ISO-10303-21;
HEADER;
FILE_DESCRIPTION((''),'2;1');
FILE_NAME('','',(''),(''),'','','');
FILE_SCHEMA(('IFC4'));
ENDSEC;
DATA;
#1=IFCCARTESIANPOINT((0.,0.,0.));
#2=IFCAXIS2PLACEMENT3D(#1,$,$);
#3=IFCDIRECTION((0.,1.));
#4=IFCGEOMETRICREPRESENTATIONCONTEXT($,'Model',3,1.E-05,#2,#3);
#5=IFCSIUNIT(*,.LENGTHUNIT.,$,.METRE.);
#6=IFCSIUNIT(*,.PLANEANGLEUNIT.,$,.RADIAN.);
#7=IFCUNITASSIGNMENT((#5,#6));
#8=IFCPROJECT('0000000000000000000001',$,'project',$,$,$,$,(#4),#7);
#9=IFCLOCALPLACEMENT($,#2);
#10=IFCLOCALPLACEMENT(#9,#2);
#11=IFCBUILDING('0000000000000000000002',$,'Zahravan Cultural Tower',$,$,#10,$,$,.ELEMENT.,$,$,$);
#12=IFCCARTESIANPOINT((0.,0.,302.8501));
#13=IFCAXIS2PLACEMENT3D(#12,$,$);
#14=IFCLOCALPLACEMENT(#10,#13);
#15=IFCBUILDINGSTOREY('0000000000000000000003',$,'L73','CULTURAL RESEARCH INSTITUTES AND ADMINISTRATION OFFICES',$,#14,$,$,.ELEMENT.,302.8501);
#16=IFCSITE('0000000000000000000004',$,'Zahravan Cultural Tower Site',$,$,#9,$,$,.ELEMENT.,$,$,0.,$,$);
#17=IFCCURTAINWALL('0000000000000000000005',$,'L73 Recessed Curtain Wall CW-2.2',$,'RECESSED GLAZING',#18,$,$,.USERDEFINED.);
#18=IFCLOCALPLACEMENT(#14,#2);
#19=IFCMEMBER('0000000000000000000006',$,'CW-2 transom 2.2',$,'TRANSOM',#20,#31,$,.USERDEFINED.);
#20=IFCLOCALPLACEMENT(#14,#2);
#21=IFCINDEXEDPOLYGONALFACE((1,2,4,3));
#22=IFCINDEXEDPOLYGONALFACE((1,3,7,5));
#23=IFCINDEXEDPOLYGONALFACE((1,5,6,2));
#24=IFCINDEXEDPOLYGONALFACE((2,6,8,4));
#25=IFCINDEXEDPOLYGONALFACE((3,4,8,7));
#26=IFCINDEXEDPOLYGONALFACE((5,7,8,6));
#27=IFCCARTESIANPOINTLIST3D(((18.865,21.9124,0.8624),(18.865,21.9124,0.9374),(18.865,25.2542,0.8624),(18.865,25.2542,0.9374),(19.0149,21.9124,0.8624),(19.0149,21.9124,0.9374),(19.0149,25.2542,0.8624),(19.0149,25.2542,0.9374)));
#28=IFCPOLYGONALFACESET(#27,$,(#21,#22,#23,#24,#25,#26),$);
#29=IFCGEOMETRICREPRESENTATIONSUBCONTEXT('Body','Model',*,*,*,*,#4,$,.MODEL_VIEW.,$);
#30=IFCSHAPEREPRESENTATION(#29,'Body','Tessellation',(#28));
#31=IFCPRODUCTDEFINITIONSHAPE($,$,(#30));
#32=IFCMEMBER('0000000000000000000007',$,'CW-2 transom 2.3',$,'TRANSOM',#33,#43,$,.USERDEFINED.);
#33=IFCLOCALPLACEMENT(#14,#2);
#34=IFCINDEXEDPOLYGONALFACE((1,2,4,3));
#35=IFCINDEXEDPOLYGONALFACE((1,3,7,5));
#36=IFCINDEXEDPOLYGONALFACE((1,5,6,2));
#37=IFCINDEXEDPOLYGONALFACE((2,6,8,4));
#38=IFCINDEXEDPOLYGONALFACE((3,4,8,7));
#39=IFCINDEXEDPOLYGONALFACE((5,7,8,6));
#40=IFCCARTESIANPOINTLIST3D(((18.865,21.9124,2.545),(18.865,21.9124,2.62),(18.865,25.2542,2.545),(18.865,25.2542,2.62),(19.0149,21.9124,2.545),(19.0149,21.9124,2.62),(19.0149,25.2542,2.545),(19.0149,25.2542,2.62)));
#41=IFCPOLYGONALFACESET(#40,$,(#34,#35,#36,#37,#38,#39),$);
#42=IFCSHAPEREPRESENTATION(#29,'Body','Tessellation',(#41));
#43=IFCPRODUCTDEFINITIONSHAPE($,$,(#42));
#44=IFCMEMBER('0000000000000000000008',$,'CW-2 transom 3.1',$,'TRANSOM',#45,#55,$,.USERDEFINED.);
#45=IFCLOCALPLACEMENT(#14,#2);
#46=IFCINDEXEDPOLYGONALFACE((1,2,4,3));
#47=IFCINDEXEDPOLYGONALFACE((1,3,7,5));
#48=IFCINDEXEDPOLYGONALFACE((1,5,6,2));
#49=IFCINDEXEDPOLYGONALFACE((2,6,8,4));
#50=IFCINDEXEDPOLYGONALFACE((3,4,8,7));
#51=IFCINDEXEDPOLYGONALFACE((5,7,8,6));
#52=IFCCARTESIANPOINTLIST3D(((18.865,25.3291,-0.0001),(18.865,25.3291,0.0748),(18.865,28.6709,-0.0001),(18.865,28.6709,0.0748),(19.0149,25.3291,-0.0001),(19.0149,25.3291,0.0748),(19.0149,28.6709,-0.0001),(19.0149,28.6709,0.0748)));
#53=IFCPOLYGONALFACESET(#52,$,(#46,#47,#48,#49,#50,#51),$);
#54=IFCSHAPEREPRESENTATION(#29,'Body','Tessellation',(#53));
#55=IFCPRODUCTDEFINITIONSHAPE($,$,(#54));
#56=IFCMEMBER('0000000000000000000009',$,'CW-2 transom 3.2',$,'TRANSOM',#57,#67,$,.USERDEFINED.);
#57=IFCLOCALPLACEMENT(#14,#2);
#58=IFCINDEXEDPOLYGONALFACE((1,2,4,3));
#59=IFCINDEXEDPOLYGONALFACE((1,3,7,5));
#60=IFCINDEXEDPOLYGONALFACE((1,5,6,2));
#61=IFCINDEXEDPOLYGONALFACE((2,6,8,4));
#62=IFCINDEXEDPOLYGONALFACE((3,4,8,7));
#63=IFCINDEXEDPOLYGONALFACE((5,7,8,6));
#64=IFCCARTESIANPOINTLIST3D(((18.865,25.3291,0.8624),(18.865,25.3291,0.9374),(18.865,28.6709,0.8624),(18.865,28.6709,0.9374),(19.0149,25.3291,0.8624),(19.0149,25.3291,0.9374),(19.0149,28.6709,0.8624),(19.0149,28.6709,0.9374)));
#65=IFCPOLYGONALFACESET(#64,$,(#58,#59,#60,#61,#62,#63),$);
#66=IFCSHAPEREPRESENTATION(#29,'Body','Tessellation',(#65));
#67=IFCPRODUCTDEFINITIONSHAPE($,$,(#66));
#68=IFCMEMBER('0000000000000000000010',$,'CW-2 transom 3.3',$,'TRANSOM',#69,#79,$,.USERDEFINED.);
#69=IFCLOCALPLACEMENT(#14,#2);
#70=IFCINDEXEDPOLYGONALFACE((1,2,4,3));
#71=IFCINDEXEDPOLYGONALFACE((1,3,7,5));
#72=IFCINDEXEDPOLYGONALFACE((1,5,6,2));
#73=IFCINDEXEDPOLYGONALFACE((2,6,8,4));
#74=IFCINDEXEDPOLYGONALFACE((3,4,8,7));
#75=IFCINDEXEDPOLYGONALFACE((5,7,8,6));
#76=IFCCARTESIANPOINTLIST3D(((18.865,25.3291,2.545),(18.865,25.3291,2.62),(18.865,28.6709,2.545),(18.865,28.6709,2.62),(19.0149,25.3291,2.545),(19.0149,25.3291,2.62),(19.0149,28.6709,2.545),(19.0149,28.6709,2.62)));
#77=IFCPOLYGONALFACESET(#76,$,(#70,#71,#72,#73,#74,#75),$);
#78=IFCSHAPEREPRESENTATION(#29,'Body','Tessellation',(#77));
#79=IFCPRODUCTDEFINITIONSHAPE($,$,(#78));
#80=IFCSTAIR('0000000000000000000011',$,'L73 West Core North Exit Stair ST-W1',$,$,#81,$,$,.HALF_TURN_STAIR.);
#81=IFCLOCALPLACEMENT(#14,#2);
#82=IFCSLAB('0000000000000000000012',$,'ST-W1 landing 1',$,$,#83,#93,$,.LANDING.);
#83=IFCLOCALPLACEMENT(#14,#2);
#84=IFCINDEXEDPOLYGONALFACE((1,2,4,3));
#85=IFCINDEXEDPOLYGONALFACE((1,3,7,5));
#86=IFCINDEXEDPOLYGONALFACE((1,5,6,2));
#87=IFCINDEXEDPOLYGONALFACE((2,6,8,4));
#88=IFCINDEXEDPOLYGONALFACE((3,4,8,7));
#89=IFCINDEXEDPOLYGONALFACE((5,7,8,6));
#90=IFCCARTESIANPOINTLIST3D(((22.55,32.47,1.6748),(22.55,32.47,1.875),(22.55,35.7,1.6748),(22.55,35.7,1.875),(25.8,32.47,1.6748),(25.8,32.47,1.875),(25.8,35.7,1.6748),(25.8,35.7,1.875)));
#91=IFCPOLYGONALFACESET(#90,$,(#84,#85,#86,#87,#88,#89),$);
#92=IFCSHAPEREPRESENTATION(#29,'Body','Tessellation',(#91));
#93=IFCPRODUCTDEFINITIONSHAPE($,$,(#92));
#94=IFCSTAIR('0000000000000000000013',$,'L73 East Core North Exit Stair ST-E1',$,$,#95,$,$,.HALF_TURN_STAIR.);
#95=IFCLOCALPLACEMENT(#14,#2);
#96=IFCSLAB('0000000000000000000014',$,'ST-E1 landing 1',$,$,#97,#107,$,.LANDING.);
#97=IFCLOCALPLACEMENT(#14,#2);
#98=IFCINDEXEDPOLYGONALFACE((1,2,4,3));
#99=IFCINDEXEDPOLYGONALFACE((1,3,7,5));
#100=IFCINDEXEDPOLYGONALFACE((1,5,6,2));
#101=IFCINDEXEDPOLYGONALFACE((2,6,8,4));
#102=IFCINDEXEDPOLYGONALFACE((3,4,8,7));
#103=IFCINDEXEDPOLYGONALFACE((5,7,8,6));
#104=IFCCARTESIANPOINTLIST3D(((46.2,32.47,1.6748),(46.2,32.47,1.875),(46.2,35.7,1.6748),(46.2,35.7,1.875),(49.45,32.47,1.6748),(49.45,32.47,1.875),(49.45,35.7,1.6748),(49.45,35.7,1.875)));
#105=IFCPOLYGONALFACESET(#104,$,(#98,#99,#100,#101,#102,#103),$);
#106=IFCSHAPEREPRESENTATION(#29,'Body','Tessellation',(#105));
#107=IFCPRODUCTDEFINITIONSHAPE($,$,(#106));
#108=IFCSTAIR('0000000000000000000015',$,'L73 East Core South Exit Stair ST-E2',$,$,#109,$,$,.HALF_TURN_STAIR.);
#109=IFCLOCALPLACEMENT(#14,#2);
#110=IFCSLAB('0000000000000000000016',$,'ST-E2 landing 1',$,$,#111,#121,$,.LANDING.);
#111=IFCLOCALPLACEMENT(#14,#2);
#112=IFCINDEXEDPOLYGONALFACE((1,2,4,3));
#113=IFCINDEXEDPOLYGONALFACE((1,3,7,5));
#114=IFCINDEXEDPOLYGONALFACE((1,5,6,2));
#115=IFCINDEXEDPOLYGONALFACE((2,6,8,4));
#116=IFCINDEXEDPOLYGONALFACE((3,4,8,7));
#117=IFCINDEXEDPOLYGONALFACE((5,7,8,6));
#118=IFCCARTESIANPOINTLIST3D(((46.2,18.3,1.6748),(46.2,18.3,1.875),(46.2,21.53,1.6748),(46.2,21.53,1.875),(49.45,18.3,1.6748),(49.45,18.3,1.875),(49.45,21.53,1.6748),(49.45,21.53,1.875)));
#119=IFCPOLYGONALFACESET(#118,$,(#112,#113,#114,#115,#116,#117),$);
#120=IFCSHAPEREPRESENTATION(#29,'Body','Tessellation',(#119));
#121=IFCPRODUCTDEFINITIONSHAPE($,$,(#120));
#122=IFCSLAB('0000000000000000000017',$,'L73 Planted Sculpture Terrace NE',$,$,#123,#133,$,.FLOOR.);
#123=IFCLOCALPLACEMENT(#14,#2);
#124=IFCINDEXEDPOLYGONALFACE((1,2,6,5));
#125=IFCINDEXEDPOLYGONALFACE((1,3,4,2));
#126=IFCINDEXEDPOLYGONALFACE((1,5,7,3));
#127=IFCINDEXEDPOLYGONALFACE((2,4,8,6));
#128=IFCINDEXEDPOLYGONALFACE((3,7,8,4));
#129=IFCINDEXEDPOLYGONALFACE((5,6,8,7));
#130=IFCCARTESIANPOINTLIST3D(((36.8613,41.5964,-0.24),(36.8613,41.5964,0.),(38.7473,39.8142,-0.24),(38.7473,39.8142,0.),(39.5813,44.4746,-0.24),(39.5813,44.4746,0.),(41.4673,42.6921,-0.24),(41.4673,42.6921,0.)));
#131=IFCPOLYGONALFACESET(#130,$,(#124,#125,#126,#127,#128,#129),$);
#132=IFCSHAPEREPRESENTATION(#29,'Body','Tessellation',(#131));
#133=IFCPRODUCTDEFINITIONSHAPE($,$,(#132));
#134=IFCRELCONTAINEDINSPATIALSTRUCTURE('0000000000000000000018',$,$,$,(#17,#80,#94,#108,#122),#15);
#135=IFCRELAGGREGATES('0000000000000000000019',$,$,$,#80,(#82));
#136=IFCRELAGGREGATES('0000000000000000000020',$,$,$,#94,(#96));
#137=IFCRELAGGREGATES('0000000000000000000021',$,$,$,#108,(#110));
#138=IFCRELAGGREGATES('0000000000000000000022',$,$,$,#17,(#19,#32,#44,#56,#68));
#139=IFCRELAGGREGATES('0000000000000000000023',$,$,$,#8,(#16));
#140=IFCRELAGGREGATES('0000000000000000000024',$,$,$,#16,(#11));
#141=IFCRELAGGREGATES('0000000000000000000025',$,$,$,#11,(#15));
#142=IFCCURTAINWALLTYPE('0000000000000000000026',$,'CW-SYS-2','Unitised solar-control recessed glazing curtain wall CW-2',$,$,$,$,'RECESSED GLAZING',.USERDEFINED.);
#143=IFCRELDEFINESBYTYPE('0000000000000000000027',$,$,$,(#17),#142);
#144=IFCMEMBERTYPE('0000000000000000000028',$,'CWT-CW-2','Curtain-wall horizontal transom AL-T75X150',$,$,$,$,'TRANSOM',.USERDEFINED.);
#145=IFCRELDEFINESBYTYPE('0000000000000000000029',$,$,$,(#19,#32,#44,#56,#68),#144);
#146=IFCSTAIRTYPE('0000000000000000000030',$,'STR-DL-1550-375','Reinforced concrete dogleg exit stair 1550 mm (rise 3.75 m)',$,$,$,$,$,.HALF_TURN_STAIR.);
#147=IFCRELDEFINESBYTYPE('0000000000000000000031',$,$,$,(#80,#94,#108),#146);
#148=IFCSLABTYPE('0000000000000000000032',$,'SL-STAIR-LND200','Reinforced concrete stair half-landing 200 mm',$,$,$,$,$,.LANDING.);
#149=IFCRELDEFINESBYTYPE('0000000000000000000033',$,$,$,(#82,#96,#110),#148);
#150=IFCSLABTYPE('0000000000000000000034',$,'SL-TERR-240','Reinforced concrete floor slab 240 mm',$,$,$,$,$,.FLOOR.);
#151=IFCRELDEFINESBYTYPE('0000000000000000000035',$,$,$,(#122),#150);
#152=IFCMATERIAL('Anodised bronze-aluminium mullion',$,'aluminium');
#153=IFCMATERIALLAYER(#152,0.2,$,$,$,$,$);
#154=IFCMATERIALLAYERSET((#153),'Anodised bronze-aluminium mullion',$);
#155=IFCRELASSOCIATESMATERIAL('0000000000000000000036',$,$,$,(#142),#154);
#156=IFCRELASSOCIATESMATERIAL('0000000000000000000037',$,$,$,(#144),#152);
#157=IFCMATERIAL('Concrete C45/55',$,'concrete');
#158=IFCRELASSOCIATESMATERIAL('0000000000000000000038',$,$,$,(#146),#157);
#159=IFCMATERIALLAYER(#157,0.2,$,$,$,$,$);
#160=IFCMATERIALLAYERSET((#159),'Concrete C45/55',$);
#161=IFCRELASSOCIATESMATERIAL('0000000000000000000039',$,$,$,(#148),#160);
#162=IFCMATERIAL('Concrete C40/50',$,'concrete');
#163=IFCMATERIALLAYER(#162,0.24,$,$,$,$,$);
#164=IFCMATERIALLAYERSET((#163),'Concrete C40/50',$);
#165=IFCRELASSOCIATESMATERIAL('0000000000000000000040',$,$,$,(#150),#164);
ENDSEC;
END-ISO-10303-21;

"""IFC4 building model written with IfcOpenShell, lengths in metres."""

from ifc_helpers import new_model, si_unit, direction, frame, origin, origin_2d, place, context, subcontext, project, spatial, polyline, rectangle, outline, extrude, source, transform, mapped, material, layer, layer_set, material_profile, profile_set, type_object, element, aggregate, save


model = new_model("IFC4")

# Units and contexts
model_context = context("Model", 3, precision=1e-05, world=origin(), true_north=direction((0.0, 1.0)))
body_context = subcontext(model_context, "Body", "Model", "MODEL_VIEW")
ifc_project = project(units=[si_unit("LENGTHUNIT", "METRE"), si_unit("PLANEANGLEUNIT", "RADIAN")], contexts=[model_context])

# Site, building, storey
site_placement = place(None, origin())
site = spatial("IfcSite", under=ifc_project, at=site_placement, Name="Zahravan Cultural Tower Site", CompositionType="ELEMENT", RefElevation=0.0)
building_placement = place(site_placement, origin())
building = spatial("IfcBuilding", under=site, at=building_placement, Name="Zahravan Cultural Tower", CompositionType="ELEMENT")
storey_placement = place(building_placement, frame((0.0, 0.0, 302.8501)))
storey = spatial("IfcBuildingStorey", under=building, at=storey_placement, Name="L73", Description="CULTURAL RESEARCH INSTITUTES AND ADMINISTRATION OFFICES", CompositionType="ELEMENT", Elevation=302.8501)

# Curtain wall, members
ifc_material_1 = material(Name="Anodised bronze-aluminium mullion", Category="aluminium")
ifc_layer_1 = layer(ifc_material_1, 0.2)
ifc_layer_set_1 = layer_set([ifc_layer_1], Name="Anodised bronze-aluminium mullion")
curtain_wall_type = type_object("IfcCurtainWallType", Name="CW-SYS-2", Description="Unitised solar-control recessed glazing curtain wall CW-2", ElementType="RECESSED GLAZING", PredefinedType="USERDEFINED", material=ifc_layer_set_1)
curtain_wall_placement = place(storey_placement, origin())
curtain_wall = element("IfcCurtainWall", 1, at=curtain_wall_placement, inside=storey, type_object=curtain_wall_type, Name="L73 Recessed Curtain Wall CW-2.2", ObjectType="RECESSED GLAZING", PredefinedType="USERDEFINED")
ifc_material_profile_1 = material_profile(ifc_material_1, rectangle(XDim=0.1499, YDim=0.075, at=origin_2d()), Name="AL-T75X150")
ifc_profile_set_1 = profile_set([ifc_material_profile_1], Name="Anodised bronze-aluminium mullion")
member_type_1 = type_object("IfcMemberType", Name="CWT-CW-2", Description="Curtain-wall horizontal transom AL-T75X150", ElementType="TRANSOM", PredefinedType="USERDEFINED", material=ifc_profile_set_1)
shared_shape_1 = source(origin(), body_context, "Body", "SweptSolid", [
    extrude(rectangle(XDim=0.1499, YDim=0.075, at=origin_2d()), origin(), (0.0, 0.0, 1.0), 3.3418),
])
member_1_placement = place(storey_placement, frame((18.9399, 21.9124, 0.8999), z_axis=(0.0, 1.0, 0.0), x_axis=(-1.0, 0.0, 0.0)))
member_1 = element("IfcMember", 2, at=member_1_placement, type_object=member_type_1, Name="CW-2 transom 2.2", ObjectType="TRANSOM", PredefinedType="USERDEFINED", context=body_context, shape_type="MappedRepresentation", body=[
    mapped(shared_shape_1, transform((0.0, 0.0, 0.0), x_axis=(1.0, 0.0, 0.0), y_axis=(0.0, 1.0, 0.0), z_axis=(0.0, 0.0, 1.0), scale=1.0)),
])
member_2_placement = place(storey_placement, frame((18.9399, 21.9124, 2.5825), z_axis=(0.0, 1.0, 0.0), x_axis=(-1.0, 0.0, 0.0)))
member_2 = element("IfcMember", 3, at=member_2_placement, type_object=member_type_1, Name="CW-2 transom 2.3", ObjectType="TRANSOM", PredefinedType="USERDEFINED", context=body_context, shape_type="MappedRepresentation", body=[
    mapped(shared_shape_1, transform((0.0, 0.0, 0.0), x_axis=(1.0, 0.0, 0.0), y_axis=(0.0, 1.0, 0.0), z_axis=(0.0, 0.0, 1.0), scale=1.0)),
])
member_3_placement = place(storey_placement, frame((18.9399, 25.3291, 0.0374), z_axis=(0.0, 1.0, 0.0), x_axis=(-1.0, 0.0, 0.0)))
member_3 = element("IfcMember", 4, at=member_3_placement, type_object=member_type_1, Name="CW-2 transom 3.1", ObjectType="TRANSOM", PredefinedType="USERDEFINED", context=body_context, shape_type="MappedRepresentation", body=[
    mapped(shared_shape_1, transform((0.0, 0.0, 0.0), x_axis=(1.0, 0.0, 0.0), y_axis=(0.0, 1.0, 0.0), z_axis=(0.0, 0.0, 1.0), scale=1.0)),
])
member_4_placement = place(storey_placement, frame((18.9399, 25.3291, 0.8999), z_axis=(0.0, 1.0, 0.0), x_axis=(-1.0, 0.0, 0.0)))
member_4 = element("IfcMember", 5, at=member_4_placement, type_object=member_type_1, Name="CW-2 transom 3.2", ObjectType="TRANSOM", PredefinedType="USERDEFINED", context=body_context, shape_type="MappedRepresentation", body=[
    mapped(shared_shape_1, transform((0.0, 0.0, 0.0), x_axis=(1.0, 0.0, 0.0), y_axis=(0.0, 1.0, 0.0), z_axis=(0.0, 0.0, 1.0), scale=1.0)),
])
member_5_placement = place(storey_placement, frame((18.9399, 25.3291, 2.5825), z_axis=(0.0, 1.0, 0.0), x_axis=(-1.0, 0.0, 0.0)))
member_5 = element("IfcMember", 6, at=member_5_placement, type_object=member_type_1, Name="CW-2 transom 3.3", ObjectType="TRANSOM", PredefinedType="USERDEFINED", context=body_context, shape_type="MappedRepresentation", body=[
    mapped(shared_shape_1, transform((0.0, 0.0, 0.0), x_axis=(1.0, 0.0, 0.0), y_axis=(0.0, 1.0, 0.0), z_axis=(0.0, 0.0, 1.0), scale=1.0)),
])

# Stairs, slabs
ifc_material_2 = material(Name="Concrete C45/55", Category="concrete")
stair_type = type_object("IfcStairType", Name="STR-DL-1550-375", Description="Reinforced concrete dogleg exit stair 1550 mm (rise 3.75 m)", PredefinedType="HALF_TURN_STAIR", material=ifc_material_2)
stair_1_placement = place(storey_placement, origin())
stair_1 = element("IfcStair", 7, at=stair_1_placement, inside=storey, type_object=stair_type, Name="L73 West Core North Exit Stair ST-W1", PredefinedType="HALF_TURN_STAIR")
ifc_layer_2 = layer(ifc_material_2, 0.2)
ifc_layer_set_2 = layer_set([ifc_layer_2], Name="Concrete C45/55")
slab_type_1 = type_object("IfcSlabType", Name="SL-STAIR-LND200", Description="Reinforced concrete stair half-landing 200 mm", PredefinedType="LANDING", material=ifc_layer_set_2)
slab_1_placement = place(storey_placement, frame((0.0, 0.0, 1.6748)))
slab_1 = element("IfcSlab", 8, at=slab_1_placement, type_object=slab_type_1, Name="ST-W1 landing 1", PredefinedType="LANDING", context=body_context, shape_type="SweptSolid", body=[
    extrude(outline(polyline([(25.8, 32.47), (25.8, 35.7), (22.55, 35.7), (22.55, 32.47), (25.8, 32.47)])), origin(), (0.0, 0.0, 1.0), 0.2002),
])
aggregate(stair_1, [slab_1])
stair_2_placement = place(storey_placement, origin())
stair_2 = element("IfcStair", 9, at=stair_2_placement, inside=storey, type_object=stair_type, Name="L73 East Core North Exit Stair ST-E1", PredefinedType="HALF_TURN_STAIR")
slab_2_placement = place(storey_placement, frame((0.0, 0.0, 1.6748)))
slab_2 = element("IfcSlab", 10, at=slab_2_placement, type_object=slab_type_1, Name="ST-E1 landing 1", PredefinedType="LANDING", context=body_context, shape_type="SweptSolid", body=[
    extrude(outline(polyline([(49.45, 32.47), (49.45, 35.7), (46.2, 35.7), (46.2, 32.47), (49.45, 32.47)])), origin(), (0.0, 0.0, 1.0), 0.2002),
])
aggregate(stair_2, [slab_2])
stair_3_placement = place(storey_placement, origin())
stair_3 = element("IfcStair", 11, at=stair_3_placement, inside=storey, type_object=stair_type, Name="L73 East Core South Exit Stair ST-E2", PredefinedType="HALF_TURN_STAIR")
slab_3_placement = place(storey_placement, frame((0.0, 0.0, 1.6748)))
slab_3 = element("IfcSlab", 12, at=slab_3_placement, type_object=slab_type_1, Name="ST-E2 landing 1", PredefinedType="LANDING", context=body_context, shape_type="SweptSolid", body=[
    extrude(outline(polyline([(46.2, 21.53), (46.2, 18.3), (49.45, 18.3), (49.45, 21.53), (46.2, 21.53)])), origin(), (0.0, 0.0, 1.0), 0.2002),
])
aggregate(stair_3, [slab_3])

# Slab
ifc_material_3 = material(Name="Concrete C40/50", Category="concrete")
ifc_layer_3 = layer(ifc_material_3, 0.24)
ifc_layer_set_3 = layer_set([ifc_layer_3], Name="Concrete C40/50")
slab_type_2 = type_object("IfcSlabType", Name="SL-TERR-240", Description="Reinforced concrete floor slab 240 mm", PredefinedType="FLOOR", material=ifc_layer_set_3)
slab_4_placement = place(storey_placement, frame((0.0, 0.0, -0.24)))
element("IfcSlab", 13, at=slab_4_placement, inside=storey, type_object=slab_type_2, Name="L73 Planted Sculpture Terrace NE", PredefinedType="FLOOR", context=body_context, shape_type="SweptSolid", body=[
    extrude(outline(polyline([(36.8613, 41.5964), (38.7473, 39.8142), (41.4673, 42.6921), (39.5813, 44.4746), (36.8613, 41.5964)])), origin(), (0.0, 0.0, 1.0), 0.24),
])

aggregate(curtain_wall, [member_1, member_2, member_3, member_4, member_5])

save(model, "model.ifc")
